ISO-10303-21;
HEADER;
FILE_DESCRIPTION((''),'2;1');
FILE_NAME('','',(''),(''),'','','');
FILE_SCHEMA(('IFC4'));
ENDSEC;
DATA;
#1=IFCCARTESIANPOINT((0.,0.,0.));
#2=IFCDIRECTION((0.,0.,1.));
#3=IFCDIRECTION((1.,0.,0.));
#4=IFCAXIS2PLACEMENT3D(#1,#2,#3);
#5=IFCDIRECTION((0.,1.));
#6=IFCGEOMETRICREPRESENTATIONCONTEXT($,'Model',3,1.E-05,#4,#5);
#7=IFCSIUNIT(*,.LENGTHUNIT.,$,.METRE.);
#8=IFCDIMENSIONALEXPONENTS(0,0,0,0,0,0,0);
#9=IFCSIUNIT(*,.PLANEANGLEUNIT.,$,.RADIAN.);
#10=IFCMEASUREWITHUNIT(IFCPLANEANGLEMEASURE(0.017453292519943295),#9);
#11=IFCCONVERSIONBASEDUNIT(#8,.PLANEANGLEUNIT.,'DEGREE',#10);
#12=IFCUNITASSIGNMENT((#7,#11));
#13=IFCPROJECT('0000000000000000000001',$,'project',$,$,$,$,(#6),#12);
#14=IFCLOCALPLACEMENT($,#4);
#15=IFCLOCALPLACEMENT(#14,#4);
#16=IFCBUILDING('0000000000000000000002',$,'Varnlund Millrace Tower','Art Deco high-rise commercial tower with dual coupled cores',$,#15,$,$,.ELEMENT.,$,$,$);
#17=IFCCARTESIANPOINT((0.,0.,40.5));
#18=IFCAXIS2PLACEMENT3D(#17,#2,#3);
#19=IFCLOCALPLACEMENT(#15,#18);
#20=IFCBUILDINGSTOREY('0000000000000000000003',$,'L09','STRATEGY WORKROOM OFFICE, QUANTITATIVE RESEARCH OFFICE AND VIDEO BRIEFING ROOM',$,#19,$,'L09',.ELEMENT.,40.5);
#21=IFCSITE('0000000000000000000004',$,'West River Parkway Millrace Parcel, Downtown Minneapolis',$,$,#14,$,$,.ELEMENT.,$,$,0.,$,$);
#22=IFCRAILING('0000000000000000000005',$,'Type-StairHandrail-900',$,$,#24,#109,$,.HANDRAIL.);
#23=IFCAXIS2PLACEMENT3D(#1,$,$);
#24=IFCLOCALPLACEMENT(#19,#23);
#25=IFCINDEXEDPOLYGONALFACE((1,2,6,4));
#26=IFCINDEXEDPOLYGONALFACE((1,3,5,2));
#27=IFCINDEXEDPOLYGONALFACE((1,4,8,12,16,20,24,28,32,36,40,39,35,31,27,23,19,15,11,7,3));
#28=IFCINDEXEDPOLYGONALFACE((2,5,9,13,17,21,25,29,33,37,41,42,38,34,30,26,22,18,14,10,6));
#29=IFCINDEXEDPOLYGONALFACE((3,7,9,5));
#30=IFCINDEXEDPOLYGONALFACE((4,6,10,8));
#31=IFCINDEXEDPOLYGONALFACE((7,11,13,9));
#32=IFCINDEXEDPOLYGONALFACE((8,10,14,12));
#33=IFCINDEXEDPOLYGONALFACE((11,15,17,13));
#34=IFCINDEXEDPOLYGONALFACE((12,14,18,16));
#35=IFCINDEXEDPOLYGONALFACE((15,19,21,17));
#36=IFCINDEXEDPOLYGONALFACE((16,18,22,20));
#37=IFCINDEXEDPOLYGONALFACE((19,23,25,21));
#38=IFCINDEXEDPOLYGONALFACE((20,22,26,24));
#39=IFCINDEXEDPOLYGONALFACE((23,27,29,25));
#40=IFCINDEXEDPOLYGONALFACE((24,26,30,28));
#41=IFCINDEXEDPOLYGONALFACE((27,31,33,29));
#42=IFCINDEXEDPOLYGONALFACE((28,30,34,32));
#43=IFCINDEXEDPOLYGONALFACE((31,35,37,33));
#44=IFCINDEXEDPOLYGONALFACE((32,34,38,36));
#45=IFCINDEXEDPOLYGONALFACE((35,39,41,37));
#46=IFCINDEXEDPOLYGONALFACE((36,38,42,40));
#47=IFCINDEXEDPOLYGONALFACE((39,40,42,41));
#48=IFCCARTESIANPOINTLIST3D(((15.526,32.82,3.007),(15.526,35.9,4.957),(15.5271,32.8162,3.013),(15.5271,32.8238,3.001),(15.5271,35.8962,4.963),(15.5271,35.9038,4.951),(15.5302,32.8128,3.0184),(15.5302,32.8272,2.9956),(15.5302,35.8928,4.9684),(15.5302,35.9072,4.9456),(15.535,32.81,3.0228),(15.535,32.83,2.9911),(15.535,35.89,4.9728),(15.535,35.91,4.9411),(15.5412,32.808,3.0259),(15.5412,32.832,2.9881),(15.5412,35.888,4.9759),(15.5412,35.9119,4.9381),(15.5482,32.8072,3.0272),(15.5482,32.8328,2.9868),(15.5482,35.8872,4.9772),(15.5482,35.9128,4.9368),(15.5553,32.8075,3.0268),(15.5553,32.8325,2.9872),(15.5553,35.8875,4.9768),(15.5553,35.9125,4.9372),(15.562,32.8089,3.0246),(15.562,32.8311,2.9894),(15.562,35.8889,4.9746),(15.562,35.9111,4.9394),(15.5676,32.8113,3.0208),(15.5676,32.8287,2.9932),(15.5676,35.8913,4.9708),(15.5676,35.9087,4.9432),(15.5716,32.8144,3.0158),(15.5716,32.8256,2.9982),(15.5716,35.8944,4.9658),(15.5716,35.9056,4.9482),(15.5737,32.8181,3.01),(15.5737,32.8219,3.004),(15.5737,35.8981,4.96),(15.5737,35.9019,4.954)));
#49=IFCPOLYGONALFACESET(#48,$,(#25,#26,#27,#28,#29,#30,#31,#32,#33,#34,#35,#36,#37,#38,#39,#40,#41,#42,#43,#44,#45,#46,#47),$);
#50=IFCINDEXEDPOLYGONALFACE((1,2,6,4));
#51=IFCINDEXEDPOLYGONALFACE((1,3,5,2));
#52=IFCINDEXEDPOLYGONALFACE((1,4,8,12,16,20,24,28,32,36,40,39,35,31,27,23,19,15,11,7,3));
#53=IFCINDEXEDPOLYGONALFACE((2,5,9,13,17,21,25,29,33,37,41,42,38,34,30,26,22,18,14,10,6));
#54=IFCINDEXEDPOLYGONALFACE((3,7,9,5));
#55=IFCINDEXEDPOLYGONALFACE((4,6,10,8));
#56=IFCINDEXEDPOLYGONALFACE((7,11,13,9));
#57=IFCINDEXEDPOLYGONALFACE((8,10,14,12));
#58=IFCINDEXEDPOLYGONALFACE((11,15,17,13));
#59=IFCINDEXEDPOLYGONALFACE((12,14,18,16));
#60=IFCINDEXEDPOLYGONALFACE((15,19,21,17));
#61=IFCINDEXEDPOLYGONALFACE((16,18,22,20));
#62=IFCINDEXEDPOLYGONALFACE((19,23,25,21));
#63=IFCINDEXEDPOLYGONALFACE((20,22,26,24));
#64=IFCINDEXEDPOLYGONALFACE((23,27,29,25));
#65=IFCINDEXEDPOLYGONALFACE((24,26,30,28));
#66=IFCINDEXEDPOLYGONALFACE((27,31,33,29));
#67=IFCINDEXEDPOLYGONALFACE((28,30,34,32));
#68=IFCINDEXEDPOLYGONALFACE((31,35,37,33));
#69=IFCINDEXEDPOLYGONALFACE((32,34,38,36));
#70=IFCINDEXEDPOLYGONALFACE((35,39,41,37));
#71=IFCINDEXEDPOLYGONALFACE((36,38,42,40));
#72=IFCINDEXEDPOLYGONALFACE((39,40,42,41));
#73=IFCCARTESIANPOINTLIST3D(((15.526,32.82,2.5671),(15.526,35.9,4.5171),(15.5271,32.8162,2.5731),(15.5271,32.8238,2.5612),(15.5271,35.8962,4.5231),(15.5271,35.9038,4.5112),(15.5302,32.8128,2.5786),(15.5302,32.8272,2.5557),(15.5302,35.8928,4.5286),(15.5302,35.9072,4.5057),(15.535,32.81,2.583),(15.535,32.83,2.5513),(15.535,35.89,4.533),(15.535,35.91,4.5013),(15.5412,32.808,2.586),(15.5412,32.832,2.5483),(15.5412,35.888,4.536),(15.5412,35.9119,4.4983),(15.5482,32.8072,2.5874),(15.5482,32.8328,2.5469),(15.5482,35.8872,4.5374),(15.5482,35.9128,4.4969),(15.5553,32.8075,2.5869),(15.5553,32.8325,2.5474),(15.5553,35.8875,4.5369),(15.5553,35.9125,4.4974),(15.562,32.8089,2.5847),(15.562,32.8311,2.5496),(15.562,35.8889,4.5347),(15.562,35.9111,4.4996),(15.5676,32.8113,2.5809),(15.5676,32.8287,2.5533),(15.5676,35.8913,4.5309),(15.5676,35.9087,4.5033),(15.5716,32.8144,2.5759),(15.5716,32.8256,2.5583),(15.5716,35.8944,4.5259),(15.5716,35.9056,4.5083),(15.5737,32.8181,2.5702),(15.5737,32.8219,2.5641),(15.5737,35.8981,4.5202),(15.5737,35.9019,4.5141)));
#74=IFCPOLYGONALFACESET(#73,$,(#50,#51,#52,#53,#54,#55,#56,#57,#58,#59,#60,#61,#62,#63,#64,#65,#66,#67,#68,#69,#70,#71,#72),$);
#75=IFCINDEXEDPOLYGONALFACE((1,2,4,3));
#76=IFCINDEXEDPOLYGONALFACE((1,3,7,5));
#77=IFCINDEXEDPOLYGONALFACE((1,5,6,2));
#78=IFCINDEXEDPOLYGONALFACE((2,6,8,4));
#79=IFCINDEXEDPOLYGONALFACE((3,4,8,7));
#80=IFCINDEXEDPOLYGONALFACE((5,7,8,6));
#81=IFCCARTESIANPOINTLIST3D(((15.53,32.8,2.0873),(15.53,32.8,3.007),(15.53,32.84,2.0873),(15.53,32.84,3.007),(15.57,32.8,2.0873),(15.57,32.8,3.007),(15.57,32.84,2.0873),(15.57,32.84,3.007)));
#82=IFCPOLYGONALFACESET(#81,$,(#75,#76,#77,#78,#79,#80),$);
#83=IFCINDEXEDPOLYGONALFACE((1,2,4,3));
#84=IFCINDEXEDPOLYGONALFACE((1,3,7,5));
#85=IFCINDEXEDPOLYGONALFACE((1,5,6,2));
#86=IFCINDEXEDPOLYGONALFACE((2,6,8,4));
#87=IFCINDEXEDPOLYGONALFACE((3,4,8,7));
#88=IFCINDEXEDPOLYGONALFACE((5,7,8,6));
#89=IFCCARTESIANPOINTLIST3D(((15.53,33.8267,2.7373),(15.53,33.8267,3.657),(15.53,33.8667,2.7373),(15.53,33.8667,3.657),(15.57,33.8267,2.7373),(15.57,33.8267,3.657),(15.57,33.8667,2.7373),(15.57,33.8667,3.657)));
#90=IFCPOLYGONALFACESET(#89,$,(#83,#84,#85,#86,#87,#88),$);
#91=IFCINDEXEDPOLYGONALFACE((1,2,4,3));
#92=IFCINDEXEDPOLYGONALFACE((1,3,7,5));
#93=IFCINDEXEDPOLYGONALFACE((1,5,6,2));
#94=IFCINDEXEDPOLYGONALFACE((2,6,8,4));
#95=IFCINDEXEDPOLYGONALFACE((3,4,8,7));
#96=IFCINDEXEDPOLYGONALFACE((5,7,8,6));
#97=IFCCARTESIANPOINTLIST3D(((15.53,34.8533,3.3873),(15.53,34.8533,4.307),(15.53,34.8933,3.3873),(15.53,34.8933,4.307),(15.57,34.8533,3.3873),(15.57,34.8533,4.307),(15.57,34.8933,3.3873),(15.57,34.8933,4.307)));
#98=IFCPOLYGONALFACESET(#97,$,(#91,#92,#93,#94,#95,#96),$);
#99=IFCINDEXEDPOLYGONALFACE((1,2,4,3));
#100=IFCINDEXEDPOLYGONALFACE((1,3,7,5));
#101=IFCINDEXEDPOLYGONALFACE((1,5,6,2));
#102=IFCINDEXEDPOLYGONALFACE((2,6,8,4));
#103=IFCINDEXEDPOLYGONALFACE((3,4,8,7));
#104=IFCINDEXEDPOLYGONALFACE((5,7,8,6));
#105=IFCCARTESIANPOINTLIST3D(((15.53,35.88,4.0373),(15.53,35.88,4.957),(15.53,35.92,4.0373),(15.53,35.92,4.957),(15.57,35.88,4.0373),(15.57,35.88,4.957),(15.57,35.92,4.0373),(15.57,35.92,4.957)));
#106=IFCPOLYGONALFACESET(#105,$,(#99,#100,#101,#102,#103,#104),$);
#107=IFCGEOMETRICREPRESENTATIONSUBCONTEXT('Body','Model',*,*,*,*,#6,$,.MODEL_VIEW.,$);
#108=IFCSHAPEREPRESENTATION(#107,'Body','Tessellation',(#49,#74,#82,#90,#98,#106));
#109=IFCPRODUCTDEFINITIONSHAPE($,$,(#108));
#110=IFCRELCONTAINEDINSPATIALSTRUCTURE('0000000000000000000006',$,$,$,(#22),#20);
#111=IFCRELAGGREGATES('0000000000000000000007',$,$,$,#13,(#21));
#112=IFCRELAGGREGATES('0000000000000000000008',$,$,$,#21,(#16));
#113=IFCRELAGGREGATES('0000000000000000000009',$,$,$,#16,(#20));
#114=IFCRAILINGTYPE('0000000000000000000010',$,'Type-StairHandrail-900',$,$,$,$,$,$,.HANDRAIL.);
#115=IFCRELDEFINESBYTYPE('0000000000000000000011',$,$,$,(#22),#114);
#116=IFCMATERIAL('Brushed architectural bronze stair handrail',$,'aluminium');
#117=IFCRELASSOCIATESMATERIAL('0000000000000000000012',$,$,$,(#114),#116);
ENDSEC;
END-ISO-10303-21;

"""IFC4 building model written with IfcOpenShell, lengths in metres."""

from ifc_helpers import new_model, entity, si_unit, converted_unit, direction, frame, origin_with_axes, origin_2d_with_axis, place, context, subcontext, project, spatial, rectangle, circle, extrude, material, type_object, element, save


model = new_model("IFC4")

# Units and contexts
model_context = context("Model", 3, precision=1e-05, world=origin_with_axes(), true_north=direction((0.0, 1.0)))
body_context = subcontext(model_context, "Body", "Model", "MODEL_VIEW")
ifc_project = project(units=[si_unit("LENGTHUNIT", "METRE"), converted_unit("PLANEANGLEUNIT", "DEGREE", entity("IfcPlaneAngleMeasure", 0.017453292519943295), si_unit("PLANEANGLEUNIT", "RADIAN"), dimensions=[0, 0, 0, 0, 0, 0, 0])], contexts=[model_context])

# Site, building, storey
site_placement = place(None, origin_with_axes())
site = spatial("IfcSite", under=ifc_project, at=site_placement, Name="West River Parkway Millrace Parcel, Downtown Minneapolis", CompositionType="ELEMENT", RefElevation=0.0)
building_placement = place(site_placement, origin_with_axes())
building = spatial("IfcBuilding", under=site, at=building_placement, Name="Varnlund Millrace Tower", Description="Art Deco high-rise commercial tower with dual coupled cores", CompositionType="ELEMENT")
storey_placement = place(building_placement, frame((0.0, 0.0, 40.5), z_axis=(0.0, 0.0, 1.0), x_axis=(1.0, 0.0, 0.0)))
storey = spatial("IfcBuildingStorey", under=building, at=storey_placement, Name="L09", Description="STRATEGY WORKROOM OFFICE, QUANTITATIVE RESEARCH OFFICE AND VIDEO BRIEFING ROOM", LongName="L09", CompositionType="ELEMENT", Elevation=40.5)

# Railing
ifc_material_1 = material(Name="Brushed architectural bronze stair handrail", Category="aluminium")
railing_type_1 = type_object("IfcRailingType", Name="Type-StairHandrail-900", PredefinedType="HANDRAIL", material=ifc_material_1)
railing_1_placement = place(storey_placement, frame((0.0, 0.0, -40.5), z_axis=(0.0, 0.0, 1.0), x_axis=(1.0, 0.0, 0.0)))
element("IfcRailing", 1, at=railing_1_placement, inside=storey, type_object=railing_type_1, Name="Type-StairHandrail-900", PredefinedType="HANDRAIL", context=body_context, shape_type="SweptSolid", body=[
    extrude(circle(Radius=0.024, at=origin_2d_with_axis()), frame((15.55, 32.82, 43.507), z_axis=(0.0, 0.844902, 0.534922), x_axis=(-1.0, 0.0, 0.0)), (0.0, 0.0, 1.0), 3.6454),
    extrude(circle(Radius=0.024, at=origin_2d_with_axis()), frame((15.55, 32.82, 43.0671), z_axis=(0.0, 0.844902, 0.534922), x_axis=(-1.0, 0.0, 0.0)), (0.0, 0.0, 1.0), 3.6454),
    extrude(rectangle(XDim=0.04, YDim=0.04, at=origin_2d_with_axis()), frame((15.55, 32.82, 42.5873), z_axis=(0.0, 0.0, 1.0), x_axis=(1.0, 0.0, 0.0)), (0.0, 0.0, 1.0), 0.9197),
    extrude(rectangle(XDim=0.04, YDim=0.04, at=origin_2d_with_axis()), frame((15.55, 33.8467, 43.2373), z_axis=(0.0, 0.0, 1.0), x_axis=(1.0, 0.0, 0.0)), (0.0, 0.0, 1.0), 0.9197),
    extrude(rectangle(XDim=0.04, YDim=0.04, at=origin_2d_with_axis()), frame((15.55, 34.8733, 43.8873), z_axis=(0.0, 0.0, 1.0), x_axis=(1.0, 0.0, 0.0)), (0.0, 0.0, 1.0), 0.9197),
    extrude(rectangle(XDim=0.04, YDim=0.04, at=origin_2d_with_axis()), frame((15.55, 35.9, 44.5373), z_axis=(0.0, 0.0, 1.0), x_axis=(1.0, 0.0, 0.0)), (0.0, 0.0, 1.0), 0.9197),
])

save(model, "model.ifc")
